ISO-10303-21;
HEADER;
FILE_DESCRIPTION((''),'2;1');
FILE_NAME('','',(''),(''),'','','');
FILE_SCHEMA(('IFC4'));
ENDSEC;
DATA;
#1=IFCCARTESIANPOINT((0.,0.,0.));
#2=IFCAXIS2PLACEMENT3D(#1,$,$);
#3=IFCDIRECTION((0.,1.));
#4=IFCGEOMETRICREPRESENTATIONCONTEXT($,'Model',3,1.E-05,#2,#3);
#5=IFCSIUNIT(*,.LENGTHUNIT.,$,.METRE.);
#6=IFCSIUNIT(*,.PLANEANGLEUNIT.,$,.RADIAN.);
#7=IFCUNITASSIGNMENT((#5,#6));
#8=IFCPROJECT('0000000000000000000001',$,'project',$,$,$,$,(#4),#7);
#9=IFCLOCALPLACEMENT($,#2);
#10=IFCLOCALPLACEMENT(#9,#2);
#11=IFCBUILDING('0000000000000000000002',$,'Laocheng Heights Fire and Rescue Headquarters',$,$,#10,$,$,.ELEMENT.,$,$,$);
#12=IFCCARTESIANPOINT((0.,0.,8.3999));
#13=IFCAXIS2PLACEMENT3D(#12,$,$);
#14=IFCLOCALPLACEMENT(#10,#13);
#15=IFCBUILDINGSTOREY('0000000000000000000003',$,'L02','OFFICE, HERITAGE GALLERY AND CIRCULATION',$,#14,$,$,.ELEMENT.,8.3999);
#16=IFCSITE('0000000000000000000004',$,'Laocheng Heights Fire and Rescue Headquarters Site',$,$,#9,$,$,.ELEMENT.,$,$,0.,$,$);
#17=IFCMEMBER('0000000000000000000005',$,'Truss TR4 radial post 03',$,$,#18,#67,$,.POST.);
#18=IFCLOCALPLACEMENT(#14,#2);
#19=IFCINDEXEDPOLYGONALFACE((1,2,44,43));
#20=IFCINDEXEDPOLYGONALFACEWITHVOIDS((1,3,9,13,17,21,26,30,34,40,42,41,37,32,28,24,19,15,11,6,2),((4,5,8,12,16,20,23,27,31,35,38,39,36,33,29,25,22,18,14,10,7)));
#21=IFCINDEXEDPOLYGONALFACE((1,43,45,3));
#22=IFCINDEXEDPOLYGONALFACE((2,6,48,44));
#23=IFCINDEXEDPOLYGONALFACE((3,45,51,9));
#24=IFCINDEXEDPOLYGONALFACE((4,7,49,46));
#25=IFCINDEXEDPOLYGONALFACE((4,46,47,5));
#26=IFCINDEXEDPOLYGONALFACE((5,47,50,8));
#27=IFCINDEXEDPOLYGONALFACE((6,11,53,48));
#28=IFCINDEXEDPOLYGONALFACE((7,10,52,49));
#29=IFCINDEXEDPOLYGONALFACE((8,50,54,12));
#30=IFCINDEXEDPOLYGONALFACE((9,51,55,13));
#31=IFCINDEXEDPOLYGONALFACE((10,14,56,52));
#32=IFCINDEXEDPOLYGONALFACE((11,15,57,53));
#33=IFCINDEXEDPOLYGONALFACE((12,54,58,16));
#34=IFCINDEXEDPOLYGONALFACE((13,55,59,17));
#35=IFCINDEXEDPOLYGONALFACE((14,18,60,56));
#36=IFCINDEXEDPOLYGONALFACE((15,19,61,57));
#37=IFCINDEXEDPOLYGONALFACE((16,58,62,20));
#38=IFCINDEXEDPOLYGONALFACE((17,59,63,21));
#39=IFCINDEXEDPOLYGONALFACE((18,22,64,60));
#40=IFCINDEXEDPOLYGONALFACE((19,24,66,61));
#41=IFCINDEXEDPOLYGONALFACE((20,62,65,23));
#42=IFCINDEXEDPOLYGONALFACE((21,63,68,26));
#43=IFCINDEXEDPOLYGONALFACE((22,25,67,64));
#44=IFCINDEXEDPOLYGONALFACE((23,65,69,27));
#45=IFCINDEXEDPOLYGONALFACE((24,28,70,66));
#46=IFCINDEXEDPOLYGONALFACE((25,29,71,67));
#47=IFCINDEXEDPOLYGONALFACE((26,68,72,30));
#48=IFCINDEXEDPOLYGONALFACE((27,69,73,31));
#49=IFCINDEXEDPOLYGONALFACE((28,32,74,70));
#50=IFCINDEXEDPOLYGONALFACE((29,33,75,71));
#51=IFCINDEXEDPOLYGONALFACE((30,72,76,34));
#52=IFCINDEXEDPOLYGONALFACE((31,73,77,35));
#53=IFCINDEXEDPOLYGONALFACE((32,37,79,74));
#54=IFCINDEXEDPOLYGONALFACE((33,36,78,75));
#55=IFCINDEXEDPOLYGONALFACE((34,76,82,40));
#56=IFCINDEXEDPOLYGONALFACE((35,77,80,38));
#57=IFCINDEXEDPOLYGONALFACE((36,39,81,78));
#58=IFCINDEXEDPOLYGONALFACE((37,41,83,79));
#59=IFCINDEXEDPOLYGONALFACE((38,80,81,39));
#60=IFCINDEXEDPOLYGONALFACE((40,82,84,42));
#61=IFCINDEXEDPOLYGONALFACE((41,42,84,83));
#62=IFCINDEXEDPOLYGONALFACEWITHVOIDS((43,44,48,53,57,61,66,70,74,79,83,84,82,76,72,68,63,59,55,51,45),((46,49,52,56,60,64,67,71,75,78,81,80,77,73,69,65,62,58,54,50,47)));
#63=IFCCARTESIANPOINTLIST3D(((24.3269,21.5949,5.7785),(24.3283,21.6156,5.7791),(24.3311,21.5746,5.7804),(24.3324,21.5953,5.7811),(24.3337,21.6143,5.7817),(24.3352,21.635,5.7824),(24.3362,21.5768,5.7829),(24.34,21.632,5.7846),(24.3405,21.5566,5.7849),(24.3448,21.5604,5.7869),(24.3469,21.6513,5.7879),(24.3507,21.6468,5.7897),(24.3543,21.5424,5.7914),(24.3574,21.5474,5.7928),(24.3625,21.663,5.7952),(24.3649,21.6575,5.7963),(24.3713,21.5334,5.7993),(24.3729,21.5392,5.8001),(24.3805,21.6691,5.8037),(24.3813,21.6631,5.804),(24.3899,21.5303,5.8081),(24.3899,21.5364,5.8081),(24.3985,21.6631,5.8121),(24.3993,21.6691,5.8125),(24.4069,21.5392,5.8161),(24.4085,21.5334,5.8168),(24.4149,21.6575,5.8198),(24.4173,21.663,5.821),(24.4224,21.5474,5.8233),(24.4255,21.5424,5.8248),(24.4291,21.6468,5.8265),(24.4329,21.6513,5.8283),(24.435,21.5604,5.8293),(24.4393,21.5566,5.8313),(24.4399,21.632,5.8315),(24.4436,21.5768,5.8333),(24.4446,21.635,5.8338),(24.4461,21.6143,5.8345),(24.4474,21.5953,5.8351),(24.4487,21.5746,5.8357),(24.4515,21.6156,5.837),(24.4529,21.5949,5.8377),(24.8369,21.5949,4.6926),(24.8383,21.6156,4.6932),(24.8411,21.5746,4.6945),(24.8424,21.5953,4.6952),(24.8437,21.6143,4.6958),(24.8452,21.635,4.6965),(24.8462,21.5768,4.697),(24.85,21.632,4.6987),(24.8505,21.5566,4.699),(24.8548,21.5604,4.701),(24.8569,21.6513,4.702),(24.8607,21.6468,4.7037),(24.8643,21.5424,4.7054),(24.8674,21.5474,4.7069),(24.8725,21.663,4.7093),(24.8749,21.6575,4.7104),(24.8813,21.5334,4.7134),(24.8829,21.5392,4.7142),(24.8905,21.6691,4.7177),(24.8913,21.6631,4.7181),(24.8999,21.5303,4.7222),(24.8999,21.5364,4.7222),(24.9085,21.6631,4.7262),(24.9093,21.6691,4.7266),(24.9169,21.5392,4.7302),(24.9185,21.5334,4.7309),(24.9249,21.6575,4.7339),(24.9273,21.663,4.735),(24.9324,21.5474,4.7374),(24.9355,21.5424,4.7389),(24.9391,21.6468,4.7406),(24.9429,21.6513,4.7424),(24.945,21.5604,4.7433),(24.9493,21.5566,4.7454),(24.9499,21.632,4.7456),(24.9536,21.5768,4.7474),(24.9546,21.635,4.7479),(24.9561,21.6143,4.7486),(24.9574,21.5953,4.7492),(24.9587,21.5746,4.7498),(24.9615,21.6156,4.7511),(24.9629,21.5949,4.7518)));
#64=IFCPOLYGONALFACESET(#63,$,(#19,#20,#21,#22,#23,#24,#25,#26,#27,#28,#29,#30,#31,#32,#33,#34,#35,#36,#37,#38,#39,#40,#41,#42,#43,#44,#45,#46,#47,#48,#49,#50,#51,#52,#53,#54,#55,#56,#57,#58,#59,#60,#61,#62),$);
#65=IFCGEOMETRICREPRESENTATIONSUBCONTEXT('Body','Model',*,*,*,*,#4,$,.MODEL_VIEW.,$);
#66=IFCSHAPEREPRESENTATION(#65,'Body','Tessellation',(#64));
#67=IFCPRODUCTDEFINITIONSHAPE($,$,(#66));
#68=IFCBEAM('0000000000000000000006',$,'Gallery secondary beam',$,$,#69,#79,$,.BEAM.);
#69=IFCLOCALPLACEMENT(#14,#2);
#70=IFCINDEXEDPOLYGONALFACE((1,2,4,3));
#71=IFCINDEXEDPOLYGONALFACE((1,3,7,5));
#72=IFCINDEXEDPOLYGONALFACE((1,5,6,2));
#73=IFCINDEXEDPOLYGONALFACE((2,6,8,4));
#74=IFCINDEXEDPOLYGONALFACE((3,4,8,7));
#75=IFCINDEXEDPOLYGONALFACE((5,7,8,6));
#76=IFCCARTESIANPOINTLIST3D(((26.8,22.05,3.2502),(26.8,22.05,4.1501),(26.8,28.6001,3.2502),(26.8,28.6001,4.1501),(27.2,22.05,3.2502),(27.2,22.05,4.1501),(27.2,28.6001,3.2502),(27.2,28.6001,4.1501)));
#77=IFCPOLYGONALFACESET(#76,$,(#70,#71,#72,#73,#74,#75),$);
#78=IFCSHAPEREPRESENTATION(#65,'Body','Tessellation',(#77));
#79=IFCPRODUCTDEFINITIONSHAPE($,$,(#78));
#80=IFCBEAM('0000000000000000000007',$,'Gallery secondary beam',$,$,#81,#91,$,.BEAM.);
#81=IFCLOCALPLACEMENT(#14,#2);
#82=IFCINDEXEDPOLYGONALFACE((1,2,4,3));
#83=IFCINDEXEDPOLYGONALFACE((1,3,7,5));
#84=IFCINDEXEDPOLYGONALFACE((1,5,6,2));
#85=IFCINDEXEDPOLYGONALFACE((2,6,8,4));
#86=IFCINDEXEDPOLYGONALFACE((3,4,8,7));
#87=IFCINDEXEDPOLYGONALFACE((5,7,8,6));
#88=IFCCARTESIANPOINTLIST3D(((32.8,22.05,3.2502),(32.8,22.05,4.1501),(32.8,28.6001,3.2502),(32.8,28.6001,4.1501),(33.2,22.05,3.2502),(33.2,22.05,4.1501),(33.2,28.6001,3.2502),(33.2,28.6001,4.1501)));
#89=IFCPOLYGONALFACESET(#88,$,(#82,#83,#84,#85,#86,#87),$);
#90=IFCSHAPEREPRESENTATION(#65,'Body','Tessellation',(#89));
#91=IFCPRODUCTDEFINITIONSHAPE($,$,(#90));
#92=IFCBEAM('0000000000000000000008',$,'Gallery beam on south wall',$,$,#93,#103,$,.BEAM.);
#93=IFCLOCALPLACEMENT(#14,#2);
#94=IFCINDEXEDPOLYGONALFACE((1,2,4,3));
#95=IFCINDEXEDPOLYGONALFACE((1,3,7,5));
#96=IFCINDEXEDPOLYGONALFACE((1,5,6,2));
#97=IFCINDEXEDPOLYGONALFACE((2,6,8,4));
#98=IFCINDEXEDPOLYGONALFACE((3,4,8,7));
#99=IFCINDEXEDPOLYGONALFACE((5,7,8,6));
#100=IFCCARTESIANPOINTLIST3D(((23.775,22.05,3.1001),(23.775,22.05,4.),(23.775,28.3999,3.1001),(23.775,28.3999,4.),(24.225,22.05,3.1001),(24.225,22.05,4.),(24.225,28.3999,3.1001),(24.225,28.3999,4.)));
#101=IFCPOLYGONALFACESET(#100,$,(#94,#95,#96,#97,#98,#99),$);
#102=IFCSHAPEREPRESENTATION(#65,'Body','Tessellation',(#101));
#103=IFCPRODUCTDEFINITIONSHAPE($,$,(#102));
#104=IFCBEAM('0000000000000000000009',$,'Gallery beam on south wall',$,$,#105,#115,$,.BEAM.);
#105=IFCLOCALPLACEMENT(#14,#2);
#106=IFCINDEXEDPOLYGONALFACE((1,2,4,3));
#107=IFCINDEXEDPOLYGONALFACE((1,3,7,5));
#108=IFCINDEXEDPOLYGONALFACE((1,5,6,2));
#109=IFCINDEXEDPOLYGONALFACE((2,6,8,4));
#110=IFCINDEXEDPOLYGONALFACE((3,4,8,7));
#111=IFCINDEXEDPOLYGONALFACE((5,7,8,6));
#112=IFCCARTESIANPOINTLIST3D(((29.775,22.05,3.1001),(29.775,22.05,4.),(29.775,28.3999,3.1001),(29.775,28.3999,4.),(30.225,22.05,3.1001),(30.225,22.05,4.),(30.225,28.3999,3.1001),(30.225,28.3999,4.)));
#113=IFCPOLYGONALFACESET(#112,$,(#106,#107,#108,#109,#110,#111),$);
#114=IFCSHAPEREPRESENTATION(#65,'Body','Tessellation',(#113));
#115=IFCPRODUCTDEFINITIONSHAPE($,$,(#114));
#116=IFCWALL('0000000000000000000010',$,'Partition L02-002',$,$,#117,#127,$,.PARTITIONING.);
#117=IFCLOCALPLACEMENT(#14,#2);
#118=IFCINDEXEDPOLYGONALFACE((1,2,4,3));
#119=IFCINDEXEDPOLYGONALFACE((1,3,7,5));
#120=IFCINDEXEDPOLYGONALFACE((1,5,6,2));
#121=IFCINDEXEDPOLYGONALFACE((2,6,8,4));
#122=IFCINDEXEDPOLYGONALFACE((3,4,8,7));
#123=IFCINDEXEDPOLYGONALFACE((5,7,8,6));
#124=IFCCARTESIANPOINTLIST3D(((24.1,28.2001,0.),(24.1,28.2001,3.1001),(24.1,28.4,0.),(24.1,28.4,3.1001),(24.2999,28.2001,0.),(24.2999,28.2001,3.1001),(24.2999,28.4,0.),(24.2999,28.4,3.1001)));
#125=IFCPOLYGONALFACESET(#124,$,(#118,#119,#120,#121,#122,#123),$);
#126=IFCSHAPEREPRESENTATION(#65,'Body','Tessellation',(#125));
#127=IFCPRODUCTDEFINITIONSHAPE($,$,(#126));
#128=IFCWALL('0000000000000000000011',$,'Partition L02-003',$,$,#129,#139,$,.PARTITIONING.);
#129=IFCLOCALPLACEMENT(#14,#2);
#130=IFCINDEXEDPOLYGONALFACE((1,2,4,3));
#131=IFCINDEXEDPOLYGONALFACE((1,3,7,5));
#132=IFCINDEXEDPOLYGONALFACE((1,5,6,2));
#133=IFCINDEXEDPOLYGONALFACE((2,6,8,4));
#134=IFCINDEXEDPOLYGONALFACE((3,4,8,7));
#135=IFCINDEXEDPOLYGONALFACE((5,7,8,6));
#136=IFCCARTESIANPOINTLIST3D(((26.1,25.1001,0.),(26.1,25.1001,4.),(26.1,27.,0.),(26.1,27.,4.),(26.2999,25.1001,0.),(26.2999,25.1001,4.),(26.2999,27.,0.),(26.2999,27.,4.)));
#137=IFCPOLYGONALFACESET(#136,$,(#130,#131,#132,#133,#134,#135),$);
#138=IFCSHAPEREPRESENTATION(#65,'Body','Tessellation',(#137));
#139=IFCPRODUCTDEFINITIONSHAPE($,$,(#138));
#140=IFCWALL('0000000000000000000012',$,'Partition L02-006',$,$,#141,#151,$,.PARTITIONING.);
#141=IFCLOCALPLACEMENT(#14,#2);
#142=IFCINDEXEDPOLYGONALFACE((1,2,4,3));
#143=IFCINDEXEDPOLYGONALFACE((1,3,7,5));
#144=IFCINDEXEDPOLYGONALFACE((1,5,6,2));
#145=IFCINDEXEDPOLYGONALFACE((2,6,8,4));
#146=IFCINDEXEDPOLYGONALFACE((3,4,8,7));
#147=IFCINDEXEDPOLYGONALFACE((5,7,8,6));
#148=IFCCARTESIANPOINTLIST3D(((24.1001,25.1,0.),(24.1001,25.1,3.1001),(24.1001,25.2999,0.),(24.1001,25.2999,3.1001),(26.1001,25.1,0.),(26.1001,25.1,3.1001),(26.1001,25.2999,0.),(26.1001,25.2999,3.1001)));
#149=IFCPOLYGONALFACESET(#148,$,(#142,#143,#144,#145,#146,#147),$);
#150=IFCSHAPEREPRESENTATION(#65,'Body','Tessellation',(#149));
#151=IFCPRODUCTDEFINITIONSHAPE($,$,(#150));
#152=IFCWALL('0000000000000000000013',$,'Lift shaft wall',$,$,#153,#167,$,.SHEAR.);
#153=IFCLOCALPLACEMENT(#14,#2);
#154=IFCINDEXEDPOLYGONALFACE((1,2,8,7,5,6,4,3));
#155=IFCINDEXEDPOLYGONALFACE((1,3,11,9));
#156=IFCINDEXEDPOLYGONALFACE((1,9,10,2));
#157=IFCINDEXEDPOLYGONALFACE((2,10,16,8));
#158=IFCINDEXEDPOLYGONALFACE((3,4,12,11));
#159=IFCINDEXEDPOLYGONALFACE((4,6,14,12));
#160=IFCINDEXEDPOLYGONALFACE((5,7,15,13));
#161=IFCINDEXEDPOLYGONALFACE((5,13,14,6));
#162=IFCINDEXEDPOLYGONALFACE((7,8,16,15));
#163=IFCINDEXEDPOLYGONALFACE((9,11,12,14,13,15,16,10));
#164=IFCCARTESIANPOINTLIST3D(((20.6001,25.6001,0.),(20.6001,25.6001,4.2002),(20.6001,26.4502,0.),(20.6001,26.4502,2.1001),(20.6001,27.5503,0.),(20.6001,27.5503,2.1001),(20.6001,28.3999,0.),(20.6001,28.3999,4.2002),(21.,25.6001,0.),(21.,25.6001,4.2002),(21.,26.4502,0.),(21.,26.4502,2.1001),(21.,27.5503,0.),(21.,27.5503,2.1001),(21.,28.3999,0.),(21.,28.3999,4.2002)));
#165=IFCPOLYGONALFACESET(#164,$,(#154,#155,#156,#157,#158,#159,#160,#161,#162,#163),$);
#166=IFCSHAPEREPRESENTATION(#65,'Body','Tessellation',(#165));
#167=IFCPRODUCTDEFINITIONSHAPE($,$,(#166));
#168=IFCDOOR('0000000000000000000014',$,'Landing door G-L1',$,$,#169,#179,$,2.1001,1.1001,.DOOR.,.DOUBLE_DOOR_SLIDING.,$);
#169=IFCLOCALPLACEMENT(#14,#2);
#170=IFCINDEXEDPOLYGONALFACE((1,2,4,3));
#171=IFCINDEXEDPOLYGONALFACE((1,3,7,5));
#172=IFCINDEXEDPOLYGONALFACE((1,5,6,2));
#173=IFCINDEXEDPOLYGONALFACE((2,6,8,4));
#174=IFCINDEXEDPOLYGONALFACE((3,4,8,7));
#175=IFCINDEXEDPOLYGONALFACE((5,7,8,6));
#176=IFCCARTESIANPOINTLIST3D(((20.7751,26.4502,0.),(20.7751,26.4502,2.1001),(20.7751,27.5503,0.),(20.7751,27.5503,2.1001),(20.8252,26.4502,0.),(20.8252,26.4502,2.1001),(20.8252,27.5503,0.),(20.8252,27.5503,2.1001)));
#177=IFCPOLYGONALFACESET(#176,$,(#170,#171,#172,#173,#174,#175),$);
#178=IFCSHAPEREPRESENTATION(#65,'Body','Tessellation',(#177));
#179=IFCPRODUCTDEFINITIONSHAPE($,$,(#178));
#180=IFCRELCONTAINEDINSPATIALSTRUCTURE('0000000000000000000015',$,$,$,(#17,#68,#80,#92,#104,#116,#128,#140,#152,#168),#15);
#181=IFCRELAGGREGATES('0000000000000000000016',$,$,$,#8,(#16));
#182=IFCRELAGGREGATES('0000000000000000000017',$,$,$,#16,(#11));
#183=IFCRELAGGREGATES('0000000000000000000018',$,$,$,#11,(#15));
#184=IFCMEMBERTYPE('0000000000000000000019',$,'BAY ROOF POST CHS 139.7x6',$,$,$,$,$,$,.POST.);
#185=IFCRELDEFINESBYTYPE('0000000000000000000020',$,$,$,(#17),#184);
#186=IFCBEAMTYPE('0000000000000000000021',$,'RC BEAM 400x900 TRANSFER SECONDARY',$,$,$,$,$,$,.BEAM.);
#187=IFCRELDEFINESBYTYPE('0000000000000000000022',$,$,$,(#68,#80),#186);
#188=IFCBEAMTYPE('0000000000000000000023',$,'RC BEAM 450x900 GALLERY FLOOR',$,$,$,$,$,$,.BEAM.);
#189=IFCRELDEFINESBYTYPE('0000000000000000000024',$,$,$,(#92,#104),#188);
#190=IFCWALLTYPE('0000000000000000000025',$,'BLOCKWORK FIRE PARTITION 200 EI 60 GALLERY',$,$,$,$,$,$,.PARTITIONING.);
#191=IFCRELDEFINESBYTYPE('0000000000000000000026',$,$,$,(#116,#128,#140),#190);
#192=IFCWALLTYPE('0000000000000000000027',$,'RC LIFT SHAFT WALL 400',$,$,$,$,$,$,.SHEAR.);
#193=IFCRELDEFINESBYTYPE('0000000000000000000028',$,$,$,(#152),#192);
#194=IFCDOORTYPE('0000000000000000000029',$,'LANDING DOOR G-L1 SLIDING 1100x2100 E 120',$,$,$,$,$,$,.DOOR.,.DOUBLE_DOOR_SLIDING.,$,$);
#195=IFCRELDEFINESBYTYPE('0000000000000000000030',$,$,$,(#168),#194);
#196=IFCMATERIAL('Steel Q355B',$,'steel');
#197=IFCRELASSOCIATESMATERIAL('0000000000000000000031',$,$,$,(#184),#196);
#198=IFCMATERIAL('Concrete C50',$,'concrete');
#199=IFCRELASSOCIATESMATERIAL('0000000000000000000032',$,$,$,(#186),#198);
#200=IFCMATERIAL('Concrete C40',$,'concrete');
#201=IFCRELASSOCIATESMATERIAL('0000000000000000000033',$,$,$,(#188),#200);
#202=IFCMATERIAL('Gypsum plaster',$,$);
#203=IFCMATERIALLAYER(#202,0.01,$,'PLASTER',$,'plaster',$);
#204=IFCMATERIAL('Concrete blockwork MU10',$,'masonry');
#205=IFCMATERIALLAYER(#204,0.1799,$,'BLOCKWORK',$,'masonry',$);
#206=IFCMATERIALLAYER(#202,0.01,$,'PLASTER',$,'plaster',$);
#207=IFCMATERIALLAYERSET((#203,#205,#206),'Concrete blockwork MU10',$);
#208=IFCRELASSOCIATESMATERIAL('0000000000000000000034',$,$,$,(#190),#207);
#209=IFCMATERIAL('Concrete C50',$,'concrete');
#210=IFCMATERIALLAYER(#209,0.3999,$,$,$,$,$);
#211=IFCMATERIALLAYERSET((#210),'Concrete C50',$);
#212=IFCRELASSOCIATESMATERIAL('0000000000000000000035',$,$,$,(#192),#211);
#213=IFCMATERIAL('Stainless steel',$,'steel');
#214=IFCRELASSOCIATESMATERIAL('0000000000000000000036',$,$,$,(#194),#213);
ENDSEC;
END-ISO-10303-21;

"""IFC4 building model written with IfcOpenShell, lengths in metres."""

from ifc_helpers import new_model, si_unit, direction, frame, frame_2d, origin, origin_2d, place, context, subcontext, project, spatial, rectangle, hollow_circle, extrude, material, layer, layer_set, material_profile, profile_set, type_object, element, fill, save


model = new_model("IFC4")

# Units and contexts
model_context = context("Model", 3, precision=1e-05, world=origin(), true_north=direction((0.0, 1.0)))
body_context = subcontext(model_context, "Body", "Model", "MODEL_VIEW")
ifc_project = project(units=[si_unit("LENGTHUNIT", "METRE"), si_unit("PLANEANGLEUNIT", "RADIAN")], contexts=[model_context])

# Site, building, storey
site_placement = place(None, origin())
site = spatial("IfcSite", under=ifc_project, at=site_placement, Name="Laocheng Heights Fire and Rescue Headquarters Site", CompositionType="ELEMENT", RefElevation=0.0)
building_placement = place(site_placement, origin())
building = spatial("IfcBuilding", under=site, at=building_placement, Name="Laocheng Heights Fire and Rescue Headquarters", CompositionType="ELEMENT")
storey_placement = place(building_placement, frame((0.0, 0.0, 8.3999)))
storey = spatial("IfcBuildingStorey", under=building, at=storey_placement, Name="L02", Description="OFFICE, HERITAGE GALLERY AND CIRCULATION", CompositionType="ELEMENT", Elevation=8.3999)

# Member
ifc_material_1 = material(Name="Steel Q355B", Category="steel")
ifc_material_profile_1 = material_profile(ifc_material_1, hollow_circle(Radius=0.0698, WallThickness=0.0061, at=origin_2d()), Name="CHS 139.7x6")
ifc_profile_set_1 = profile_set([ifc_material_profile_1], Name="Steel Q355B")
member_type_1 = type_object("IfcMemberType", Name="BAY ROOF POST CHS 139.7x6", PredefinedType="POST", material=ifc_profile_set_1)
for number, where, z_axis, x_axis, name in (
    (1, (24.8999, 21.6001, 4.7222), (-0.425101, 0.0, 0.905146), (0.0, -1.0, 0.0), "Truss TR4 radial post 03"),
):
    element("IfcMember", number, at=place(storey_placement, frame(where, z_axis=z_axis, x_axis=x_axis)), inside=storey, type_object=member_type_1, Name=name, PredefinedType="POST", context=body_context, shape_type="SweptSolid", body=[
        extrude(hollow_circle(Radius=0.0698, WallThickness=0.0061, at=origin_2d()), origin(), (0.0, 0.0, 1.0), 1.1997),
    ])

# Beams
ifc_material_2 = material(Name="Concrete C50", Category="concrete")
ifc_material_profile_2 = material_profile(ifc_material_2, rectangle(XDim=0.3999, YDim=0.8999, at=origin_2d()), Name="RC BEAM 400x900 TRANSFER SECONDARY")
ifc_profile_set_2 = profile_set([ifc_material_profile_2], Name="Concrete C50")
beam_type_1 = type_object("IfcBeamType", Name="RC BEAM 400x900 TRANSFER SECONDARY", PredefinedType="BEAM", material=ifc_profile_set_2)
for number, where, z_axis, x_axis, name in (
    (2, (27.0, 22.05, 3.7002), (0.0, 1.0, 0.0), (-1.0, 0.0, 0.0), "Gallery secondary beam"),
    (3, (33.0, 22.05, 3.7002), (0.0, 1.0, 0.0), (-1.0, 0.0, 0.0), "Gallery secondary beam"),
):
    element("IfcBeam", number, at=place(storey_placement, frame(where, z_axis=z_axis, x_axis=x_axis)), inside=storey, type_object=beam_type_1, Name=name, PredefinedType="BEAM", context=body_context, shape_type="SweptSolid", body=[
        extrude(rectangle(XDim=0.3999, YDim=0.8999, at=origin_2d()), origin(), (0.0, 0.0, 1.0), 6.55),
    ])
ifc_material_3 = material(Name="Concrete C40", Category="concrete")
ifc_material_profile_3 = material_profile(ifc_material_3, rectangle(XDim=0.45, YDim=0.8999, at=origin_2d()), Name="RC BEAM 450x900 GALLERY FLOOR")
ifc_profile_set_3 = profile_set([ifc_material_profile_3], Name="Concrete C40")
beam_type_2 = type_object("IfcBeamType", Name="RC BEAM 450x900 GALLERY FLOOR", PredefinedType="BEAM", material=ifc_profile_set_3)
for number, where, z_axis, x_axis, name in (
    (4, (24.0, 22.05, 3.55), (0.0, 1.0, 0.0), (-1.0, 0.0, 0.0), "Gallery beam on south wall"),
    (5, (30.0, 22.05, 3.55), (0.0, 1.0, 0.0), (-1.0, 0.0, 0.0), "Gallery beam on south wall"),
):
    element("IfcBeam", number, at=place(storey_placement, frame(where, z_axis=z_axis, x_axis=x_axis)), inside=storey, type_object=beam_type_2, Name=name, PredefinedType="BEAM", context=body_context, shape_type="SweptSolid", body=[
        extrude(rectangle(XDim=0.45, YDim=0.8999, at=origin_2d()), origin(), (0.0, 0.0, 1.0), 6.3499),
    ])

# Shared definitions
ifc_material_4 = material(Name="Gypsum plaster")
ifc_layer_1 = layer(ifc_material_4, 0.01, Name="PLASTER", Category="plaster")
ifc_material_5 = material(Name="Concrete blockwork MU10", Category="masonry")
ifc_layer_2 = layer(ifc_material_5, 0.1799, Name="BLOCKWORK", Category="masonry")
ifc_layer_3 = layer(ifc_material_4, 0.01, Name="PLASTER", Category="plaster")
ifc_layer_set_1 = layer_set([ifc_layer_1, ifc_layer_2, ifc_layer_3], Name="Concrete blockwork MU10")
wall_type_1 = type_object("IfcWallType", Name="BLOCKWORK FIRE PARTITION 200 EI 60 GALLERY", PredefinedType="PARTITIONING", material=ifc_layer_set_1)

# Walls
wall_1_placement = place(storey_placement, frame((24.2, 28.2, 0.0), z_axis=(0.0, 0.0, 1.0), x_axis=(0.0, 1.0, 0.0)))
element("IfcWall", 6, at=wall_1_placement, inside=storey, type_object=wall_type_1, Name="Partition L02-002", PredefinedType="PARTITIONING", context=body_context, shape_type="SweptSolid", body=[
    extrude(rectangle(XDim=0.2, YDim=0.2, at=frame_2d((0.1001, 0.0))), origin(), (0.0, 0.0, 1.0), 3.1001),
])
wall_2_placement = place(storey_placement, frame((26.2, 25.1001, 0.0), z_axis=(0.0, 0.0, 1.0), x_axis=(0.0, 1.0, 0.0)))
element("IfcWall", 7, at=wall_2_placement, inside=storey, type_object=wall_type_1, Name="Partition L02-003", PredefinedType="PARTITIONING", context=body_context, shape_type="SweptSolid", body=[
    extrude(rectangle(XDim=1.8999, YDim=0.2, at=frame_2d((0.95, 0.0))), origin(), (0.0, 0.0, 1.0), 4.0),
])
wall_3_placement = place(storey_placement, frame((24.1001, 25.2, 0.0), z_axis=(0.0, 0.0, 1.0), x_axis=(1.0, 0.0, 0.0)))
element("IfcWall", 8, at=wall_3_placement, inside=storey, type_object=wall_type_1, Name="Partition L02-006", PredefinedType="PARTITIONING", context=body_context, shape_type="SweptSolid", body=[
    extrude(rectangle(XDim=2.0, YDim=0.2, at=frame_2d((1.0, 0.0))), origin(), (0.0, 0.0, 1.0), 3.1001),
])

# Wall, opening, door
ifc_material_6 = material(Name="Concrete C50", Category="concrete")
ifc_layer_4 = layer(ifc_material_6, 0.3999)
ifc_layer_set_2 = layer_set([ifc_layer_4], Name="Concrete C50")
wall_type_2 = type_object("IfcWallType", Name="RC LIFT SHAFT WALL 400", PredefinedType="SHEAR", material=ifc_layer_set_2)
wall_4_placement = place(storey_placement, frame((20.8, 25.6001, 0.0), z_axis=(0.0, 0.0, 1.0), x_axis=(0.0, 1.0, 0.0)))
wall_4 = element("IfcWall", 9, at=wall_4_placement, inside=storey, type_object=wall_type_2, Name="Lift shaft wall", PredefinedType="SHEAR", context=body_context, shape_type="SweptSolid", body=[
    extrude(rectangle(XDim=2.7998, YDim=0.3999, at=frame_2d((1.3999, 0.0))), origin(), (0.0, 0.0, 1.0), 4.2002),
])
opening_1_placement = place(wall_4_placement, frame((0.8501, 0.0, 0.0)))
opening_1 = element("IfcOpeningElement", 10, at=opening_1_placement, cuts=wall_4, PredefinedType="OPENING", context=body_context, shape_type="SweptSolid", body=[
    extrude(rectangle(XDim=1.1001, YDim=2.1001, at=frame_2d((0.55, 1.05))), frame((0.0, 0.21, 0.0), z_axis=(0.0, -1.0, 0.0), x_axis=(1.0, 0.0, 0.0)), (0.0, 0.0, 1.0), 0.4199),
])
ifc_material_7 = material(Name="Stainless steel", Category="steel")
door_type_1 = type_object("IfcDoorType", Name="LANDING DOOR G-L1 SLIDING 1100x2100 E 120", OperationType="DOUBLE_DOOR_SLIDING", PredefinedType="DOOR", material=ifc_material_7)
door_1_placement = place(opening_1_placement, origin())
door_1 = element("IfcDoor", 11, at=door_1_placement, inside=storey, type_object=door_type_1, Name="Landing door G-L1", OperationType="DOUBLE_DOOR_SLIDING", OverallHeight=2.1001, OverallWidth=1.1001, PredefinedType="DOOR", context=body_context, shape_type="SweptSolid", body=[
    extrude(rectangle(XDim=1.1001, YDim=2.1001, at=frame_2d((0.55, 1.05))), frame((0.0, 0.0249, 0.0), z_axis=(0.0, -1.0, 0.0), x_axis=(1.0, 0.0, 0.0)), (0.0, 0.0, 1.0), 0.05),
])
fill(opening_1, door_1)

save(model, "model.ifc")
